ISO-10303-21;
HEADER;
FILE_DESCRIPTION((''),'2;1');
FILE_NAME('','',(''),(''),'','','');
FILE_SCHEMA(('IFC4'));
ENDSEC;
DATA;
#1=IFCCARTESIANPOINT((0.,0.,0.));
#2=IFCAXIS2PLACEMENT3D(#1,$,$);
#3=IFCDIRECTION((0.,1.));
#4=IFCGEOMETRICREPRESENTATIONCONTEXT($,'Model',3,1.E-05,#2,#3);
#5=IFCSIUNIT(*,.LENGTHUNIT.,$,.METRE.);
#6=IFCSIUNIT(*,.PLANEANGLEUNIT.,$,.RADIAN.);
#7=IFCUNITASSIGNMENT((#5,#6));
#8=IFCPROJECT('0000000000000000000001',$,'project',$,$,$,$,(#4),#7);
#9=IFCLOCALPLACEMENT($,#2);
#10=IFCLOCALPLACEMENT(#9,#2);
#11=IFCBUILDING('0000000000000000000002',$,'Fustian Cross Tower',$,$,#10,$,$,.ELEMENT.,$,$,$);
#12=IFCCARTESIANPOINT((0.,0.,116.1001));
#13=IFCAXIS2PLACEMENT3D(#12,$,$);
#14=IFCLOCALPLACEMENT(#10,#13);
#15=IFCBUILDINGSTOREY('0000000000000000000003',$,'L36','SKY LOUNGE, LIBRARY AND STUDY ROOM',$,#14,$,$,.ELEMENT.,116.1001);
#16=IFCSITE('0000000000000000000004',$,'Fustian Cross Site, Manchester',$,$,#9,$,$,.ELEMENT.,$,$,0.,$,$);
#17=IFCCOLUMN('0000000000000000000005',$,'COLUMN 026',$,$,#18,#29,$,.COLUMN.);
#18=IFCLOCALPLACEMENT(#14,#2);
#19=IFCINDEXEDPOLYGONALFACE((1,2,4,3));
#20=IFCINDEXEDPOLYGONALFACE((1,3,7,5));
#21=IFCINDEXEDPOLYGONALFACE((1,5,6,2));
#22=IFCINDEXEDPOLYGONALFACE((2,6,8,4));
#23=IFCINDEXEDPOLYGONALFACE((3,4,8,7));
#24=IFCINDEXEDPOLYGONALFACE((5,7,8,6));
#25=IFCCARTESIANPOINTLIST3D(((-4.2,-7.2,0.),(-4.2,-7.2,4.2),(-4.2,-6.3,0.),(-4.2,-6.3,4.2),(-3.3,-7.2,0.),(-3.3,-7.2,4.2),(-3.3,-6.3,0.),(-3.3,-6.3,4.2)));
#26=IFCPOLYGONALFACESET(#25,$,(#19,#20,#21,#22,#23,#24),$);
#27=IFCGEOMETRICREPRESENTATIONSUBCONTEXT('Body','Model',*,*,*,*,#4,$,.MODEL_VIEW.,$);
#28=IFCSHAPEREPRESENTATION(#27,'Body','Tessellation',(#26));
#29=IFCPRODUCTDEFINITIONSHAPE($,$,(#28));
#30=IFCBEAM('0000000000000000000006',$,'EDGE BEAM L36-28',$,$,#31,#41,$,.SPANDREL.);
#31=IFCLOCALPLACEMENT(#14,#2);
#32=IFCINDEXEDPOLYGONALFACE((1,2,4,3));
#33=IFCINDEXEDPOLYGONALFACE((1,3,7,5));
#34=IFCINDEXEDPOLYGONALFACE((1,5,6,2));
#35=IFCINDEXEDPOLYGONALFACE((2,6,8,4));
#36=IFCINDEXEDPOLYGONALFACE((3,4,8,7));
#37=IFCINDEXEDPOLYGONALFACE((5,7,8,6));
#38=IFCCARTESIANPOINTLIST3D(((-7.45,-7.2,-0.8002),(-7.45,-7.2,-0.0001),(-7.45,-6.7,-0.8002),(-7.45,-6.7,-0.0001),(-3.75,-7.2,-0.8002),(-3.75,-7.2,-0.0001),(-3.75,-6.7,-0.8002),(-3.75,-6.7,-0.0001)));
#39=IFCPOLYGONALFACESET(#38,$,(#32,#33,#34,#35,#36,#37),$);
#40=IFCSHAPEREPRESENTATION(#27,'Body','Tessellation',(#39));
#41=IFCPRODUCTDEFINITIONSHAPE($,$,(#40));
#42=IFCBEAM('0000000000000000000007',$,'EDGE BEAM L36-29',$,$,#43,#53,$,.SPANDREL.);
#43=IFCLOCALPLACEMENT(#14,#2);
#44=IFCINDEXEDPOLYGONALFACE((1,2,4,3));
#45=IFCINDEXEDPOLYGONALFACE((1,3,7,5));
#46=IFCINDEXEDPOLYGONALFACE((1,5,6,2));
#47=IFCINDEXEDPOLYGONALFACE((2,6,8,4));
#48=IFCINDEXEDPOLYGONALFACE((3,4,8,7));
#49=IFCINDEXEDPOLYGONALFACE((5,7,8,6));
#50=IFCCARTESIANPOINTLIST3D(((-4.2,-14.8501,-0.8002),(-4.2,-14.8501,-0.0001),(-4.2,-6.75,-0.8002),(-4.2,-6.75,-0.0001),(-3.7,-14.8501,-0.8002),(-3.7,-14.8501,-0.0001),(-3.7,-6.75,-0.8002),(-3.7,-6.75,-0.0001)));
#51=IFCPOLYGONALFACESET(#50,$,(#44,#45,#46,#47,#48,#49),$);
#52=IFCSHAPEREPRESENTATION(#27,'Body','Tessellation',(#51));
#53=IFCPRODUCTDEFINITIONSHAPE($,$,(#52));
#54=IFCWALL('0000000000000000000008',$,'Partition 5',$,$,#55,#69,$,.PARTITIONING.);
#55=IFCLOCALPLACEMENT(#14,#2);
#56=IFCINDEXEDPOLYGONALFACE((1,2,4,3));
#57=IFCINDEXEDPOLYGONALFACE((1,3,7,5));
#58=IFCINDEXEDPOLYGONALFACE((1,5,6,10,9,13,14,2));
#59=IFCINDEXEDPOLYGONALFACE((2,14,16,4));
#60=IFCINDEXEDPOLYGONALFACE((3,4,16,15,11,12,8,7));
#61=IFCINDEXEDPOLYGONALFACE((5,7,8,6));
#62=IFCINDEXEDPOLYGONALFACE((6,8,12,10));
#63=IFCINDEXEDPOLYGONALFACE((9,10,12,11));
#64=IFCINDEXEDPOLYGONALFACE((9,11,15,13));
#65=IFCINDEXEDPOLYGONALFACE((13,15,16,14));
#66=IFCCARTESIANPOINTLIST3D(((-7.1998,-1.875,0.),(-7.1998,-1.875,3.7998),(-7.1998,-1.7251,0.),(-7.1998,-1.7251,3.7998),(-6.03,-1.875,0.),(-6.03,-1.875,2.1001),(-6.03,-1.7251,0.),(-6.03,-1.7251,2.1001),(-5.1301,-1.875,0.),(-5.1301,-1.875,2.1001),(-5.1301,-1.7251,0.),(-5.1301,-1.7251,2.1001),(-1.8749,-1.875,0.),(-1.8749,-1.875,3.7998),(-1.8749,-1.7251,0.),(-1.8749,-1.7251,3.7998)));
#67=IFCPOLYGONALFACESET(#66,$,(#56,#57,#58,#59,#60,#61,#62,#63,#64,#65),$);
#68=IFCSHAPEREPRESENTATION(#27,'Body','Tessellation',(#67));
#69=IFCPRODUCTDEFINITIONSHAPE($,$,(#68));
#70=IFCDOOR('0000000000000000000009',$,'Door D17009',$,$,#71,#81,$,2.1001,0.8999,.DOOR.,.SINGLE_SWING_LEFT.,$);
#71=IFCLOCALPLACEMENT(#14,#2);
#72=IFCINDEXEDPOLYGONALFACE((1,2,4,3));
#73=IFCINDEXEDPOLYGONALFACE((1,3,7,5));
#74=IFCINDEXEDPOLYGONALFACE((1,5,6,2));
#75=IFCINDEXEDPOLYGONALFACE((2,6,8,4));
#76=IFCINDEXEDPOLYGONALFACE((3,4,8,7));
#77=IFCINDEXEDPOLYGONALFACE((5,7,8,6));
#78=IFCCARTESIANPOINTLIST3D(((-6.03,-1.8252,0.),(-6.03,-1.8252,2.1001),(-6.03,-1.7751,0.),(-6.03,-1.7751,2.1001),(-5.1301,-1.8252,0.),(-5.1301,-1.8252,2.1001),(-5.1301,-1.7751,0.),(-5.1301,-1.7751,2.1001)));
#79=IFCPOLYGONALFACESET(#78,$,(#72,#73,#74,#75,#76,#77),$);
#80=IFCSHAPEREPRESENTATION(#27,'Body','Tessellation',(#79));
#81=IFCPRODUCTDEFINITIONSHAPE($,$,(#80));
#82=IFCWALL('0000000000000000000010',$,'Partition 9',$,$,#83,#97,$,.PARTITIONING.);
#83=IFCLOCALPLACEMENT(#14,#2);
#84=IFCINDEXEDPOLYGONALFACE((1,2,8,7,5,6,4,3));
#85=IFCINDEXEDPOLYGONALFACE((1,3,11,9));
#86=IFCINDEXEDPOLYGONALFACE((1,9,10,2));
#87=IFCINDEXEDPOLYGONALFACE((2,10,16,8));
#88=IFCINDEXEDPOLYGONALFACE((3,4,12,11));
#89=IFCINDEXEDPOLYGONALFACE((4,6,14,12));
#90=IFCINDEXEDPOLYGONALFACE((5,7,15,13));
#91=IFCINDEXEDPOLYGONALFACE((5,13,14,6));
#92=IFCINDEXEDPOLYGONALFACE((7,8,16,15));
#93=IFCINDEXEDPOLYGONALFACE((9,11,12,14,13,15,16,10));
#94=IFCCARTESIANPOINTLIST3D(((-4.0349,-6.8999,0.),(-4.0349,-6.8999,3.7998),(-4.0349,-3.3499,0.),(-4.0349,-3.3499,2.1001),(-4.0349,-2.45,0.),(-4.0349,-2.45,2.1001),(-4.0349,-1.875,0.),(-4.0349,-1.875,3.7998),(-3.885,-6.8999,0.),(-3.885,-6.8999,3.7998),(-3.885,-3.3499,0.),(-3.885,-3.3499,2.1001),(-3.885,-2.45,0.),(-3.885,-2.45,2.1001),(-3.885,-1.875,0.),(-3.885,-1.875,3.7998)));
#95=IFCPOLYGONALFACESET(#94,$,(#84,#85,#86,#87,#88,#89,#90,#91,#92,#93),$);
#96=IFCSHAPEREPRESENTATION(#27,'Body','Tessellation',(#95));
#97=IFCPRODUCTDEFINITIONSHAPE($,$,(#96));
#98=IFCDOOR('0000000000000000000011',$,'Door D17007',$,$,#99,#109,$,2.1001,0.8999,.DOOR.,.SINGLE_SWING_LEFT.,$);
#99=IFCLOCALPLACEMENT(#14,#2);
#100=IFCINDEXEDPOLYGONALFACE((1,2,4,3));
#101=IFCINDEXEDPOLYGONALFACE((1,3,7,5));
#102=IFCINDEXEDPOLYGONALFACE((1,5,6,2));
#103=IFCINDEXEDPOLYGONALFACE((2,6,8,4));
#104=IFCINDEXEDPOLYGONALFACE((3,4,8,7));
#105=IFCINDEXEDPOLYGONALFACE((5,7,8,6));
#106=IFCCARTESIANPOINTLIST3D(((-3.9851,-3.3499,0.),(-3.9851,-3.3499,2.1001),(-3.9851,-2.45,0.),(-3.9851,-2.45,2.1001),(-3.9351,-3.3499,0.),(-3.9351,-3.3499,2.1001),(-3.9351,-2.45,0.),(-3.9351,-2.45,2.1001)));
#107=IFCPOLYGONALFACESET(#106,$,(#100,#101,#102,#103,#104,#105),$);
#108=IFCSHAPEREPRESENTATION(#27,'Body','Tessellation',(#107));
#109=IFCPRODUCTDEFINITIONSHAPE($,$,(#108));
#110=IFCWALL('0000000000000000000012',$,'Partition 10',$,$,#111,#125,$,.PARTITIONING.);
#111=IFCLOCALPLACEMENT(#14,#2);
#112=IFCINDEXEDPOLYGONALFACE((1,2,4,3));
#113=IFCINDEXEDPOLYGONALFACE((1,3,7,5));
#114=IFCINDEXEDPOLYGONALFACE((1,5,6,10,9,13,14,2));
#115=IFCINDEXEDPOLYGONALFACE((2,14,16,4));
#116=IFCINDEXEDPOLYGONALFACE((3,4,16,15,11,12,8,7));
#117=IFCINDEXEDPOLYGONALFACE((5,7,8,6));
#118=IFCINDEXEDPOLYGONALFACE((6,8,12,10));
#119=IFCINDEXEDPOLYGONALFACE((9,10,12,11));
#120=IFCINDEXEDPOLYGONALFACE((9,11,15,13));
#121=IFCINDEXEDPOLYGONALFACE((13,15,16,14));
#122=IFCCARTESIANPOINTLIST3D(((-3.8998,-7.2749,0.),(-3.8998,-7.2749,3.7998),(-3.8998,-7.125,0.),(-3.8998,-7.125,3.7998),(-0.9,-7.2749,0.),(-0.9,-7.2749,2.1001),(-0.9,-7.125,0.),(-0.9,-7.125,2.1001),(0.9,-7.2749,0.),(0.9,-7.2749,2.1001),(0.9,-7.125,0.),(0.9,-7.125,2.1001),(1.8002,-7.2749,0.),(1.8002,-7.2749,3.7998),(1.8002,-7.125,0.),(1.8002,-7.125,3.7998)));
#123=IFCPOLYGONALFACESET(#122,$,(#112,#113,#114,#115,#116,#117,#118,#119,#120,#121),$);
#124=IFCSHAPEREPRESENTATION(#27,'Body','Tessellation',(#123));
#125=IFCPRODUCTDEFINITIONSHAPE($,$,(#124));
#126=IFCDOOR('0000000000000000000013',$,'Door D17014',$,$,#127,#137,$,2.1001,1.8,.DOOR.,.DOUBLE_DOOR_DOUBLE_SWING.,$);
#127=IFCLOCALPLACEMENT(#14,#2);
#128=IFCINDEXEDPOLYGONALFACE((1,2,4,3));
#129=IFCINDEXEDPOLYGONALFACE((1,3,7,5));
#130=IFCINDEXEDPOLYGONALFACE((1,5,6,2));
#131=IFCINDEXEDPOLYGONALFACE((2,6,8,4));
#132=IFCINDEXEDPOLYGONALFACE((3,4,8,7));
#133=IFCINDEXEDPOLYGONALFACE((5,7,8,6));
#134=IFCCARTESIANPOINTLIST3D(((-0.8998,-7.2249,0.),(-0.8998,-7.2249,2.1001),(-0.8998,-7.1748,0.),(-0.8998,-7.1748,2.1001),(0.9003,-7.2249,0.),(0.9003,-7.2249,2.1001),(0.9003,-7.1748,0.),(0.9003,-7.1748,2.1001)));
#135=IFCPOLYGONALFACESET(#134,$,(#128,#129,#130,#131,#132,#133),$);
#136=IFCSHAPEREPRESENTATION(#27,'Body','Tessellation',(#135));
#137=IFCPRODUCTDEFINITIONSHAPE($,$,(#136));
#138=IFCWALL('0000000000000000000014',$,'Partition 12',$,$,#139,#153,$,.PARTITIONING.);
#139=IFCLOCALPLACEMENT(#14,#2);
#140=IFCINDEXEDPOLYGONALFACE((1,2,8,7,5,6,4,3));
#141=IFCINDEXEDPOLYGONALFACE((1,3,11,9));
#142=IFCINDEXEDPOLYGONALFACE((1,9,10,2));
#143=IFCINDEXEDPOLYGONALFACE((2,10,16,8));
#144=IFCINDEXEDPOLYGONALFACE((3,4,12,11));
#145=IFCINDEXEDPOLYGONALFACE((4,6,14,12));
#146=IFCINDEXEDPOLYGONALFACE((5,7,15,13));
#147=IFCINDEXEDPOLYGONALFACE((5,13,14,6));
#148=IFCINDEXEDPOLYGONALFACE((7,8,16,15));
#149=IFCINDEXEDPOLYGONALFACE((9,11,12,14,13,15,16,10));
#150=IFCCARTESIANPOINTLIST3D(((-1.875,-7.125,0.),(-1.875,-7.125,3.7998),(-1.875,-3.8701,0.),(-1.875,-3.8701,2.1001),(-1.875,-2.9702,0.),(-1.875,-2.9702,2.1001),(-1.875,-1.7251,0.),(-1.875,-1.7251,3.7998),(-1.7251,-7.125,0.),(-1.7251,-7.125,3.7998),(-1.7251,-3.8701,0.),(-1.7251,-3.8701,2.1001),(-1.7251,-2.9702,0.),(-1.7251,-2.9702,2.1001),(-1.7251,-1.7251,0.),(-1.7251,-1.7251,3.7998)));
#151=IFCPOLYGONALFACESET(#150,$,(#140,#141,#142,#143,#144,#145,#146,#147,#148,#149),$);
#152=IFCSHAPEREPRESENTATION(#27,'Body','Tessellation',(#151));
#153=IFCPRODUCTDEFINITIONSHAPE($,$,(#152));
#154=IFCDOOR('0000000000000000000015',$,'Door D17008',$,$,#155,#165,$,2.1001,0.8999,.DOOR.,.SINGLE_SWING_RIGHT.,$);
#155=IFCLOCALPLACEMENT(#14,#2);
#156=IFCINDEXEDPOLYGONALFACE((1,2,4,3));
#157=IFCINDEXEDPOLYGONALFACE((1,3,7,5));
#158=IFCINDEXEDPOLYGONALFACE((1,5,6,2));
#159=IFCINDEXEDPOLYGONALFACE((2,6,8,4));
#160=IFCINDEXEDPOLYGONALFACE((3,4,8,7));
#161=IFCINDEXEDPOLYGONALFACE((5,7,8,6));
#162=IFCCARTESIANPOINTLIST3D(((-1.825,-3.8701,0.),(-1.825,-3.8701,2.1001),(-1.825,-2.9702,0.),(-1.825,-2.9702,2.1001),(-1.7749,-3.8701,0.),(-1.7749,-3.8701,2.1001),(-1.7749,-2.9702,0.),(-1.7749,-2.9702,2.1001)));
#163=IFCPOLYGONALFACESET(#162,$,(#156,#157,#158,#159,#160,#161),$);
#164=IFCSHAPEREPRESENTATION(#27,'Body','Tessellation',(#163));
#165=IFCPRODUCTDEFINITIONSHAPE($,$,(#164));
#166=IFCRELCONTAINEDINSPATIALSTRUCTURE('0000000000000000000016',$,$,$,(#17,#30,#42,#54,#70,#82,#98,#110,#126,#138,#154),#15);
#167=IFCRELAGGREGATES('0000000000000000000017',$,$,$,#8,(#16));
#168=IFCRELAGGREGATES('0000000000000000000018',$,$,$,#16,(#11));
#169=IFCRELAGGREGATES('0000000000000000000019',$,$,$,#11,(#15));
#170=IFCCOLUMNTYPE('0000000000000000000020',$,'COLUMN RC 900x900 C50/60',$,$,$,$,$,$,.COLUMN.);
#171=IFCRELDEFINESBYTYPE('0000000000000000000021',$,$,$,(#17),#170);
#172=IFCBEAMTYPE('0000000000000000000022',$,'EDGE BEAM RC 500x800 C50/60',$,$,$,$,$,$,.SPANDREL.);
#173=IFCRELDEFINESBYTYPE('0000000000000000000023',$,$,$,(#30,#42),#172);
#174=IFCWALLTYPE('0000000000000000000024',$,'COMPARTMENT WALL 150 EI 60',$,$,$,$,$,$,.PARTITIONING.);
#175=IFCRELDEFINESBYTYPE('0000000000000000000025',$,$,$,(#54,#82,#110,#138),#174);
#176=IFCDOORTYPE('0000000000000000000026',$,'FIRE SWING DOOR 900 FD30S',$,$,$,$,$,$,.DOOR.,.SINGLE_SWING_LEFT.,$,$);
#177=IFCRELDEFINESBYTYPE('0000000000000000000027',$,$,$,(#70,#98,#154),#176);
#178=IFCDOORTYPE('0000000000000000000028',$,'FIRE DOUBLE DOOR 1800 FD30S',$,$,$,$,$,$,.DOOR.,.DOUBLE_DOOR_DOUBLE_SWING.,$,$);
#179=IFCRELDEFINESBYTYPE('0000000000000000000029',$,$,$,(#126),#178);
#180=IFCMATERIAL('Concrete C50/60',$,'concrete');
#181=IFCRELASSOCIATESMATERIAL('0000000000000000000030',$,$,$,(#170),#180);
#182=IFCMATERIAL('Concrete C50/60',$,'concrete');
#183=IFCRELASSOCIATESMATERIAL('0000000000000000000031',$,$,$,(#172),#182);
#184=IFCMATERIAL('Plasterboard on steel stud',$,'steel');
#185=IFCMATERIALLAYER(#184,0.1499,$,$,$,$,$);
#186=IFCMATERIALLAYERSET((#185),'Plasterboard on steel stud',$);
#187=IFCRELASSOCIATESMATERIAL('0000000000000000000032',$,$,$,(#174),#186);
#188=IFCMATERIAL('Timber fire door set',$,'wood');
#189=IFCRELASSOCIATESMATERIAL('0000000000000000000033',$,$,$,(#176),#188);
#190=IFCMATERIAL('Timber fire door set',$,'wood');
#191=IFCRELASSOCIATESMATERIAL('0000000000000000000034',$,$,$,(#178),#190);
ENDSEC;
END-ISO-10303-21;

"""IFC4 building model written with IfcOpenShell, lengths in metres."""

from ifc_helpers import new_model, si_unit, direction, frame, frame_2d, origin, origin_2d, place, context, subcontext, project, spatial, rectangle, extrude, material, layer, layer_set, material_profile, profile_set, type_object, element, fill, save


model = new_model("IFC4")

# Units and contexts
model_context = context("Model", 3, precision=1e-05, world=origin(), true_north=direction((0.0, 1.0)))
body_context = subcontext(model_context, "Body", "Model", "MODEL_VIEW")
ifc_project = project(units=[si_unit("LENGTHUNIT", "METRE"), si_unit("PLANEANGLEUNIT", "RADIAN")], contexts=[model_context])

# Site, building, storey
site_placement = place(None, origin())
site = spatial("IfcSite", under=ifc_project, at=site_placement, Name="Fustian Cross Site, Manchester", CompositionType="ELEMENT", RefElevation=0.0)
building_placement = place(site_placement, origin())
building = spatial("IfcBuilding", under=site, at=building_placement, Name="Fustian Cross Tower", CompositionType="ELEMENT")
storey_placement = place(building_placement, frame((0.0, 0.0, 116.1001)))
storey = spatial("IfcBuildingStorey", under=building, at=storey_placement, Name="L36", Description="SKY LOUNGE, LIBRARY AND STUDY ROOM", CompositionType="ELEMENT", Elevation=116.1001)

# Column
ifc_material_1 = material(Name="Concrete C50/60", Category="concrete")
ifc_material_profile_1 = material_profile(ifc_material_1, rectangle(XDim=0.8999, YDim=0.8999, at=origin_2d()), Name="RC 900x900")
ifc_profile_set_1 = profile_set([ifc_material_profile_1], Name="Concrete C50/60")
column_type = type_object("IfcColumnType", Name="COLUMN RC 900x900 C50/60", PredefinedType="COLUMN", material=ifc_profile_set_1)
column_placement = place(storey_placement, frame((-3.75, -6.75, 0.0), z_axis=(0.0, 0.0, 1.0), x_axis=(1.0, 0.0, 0.0)))
element("IfcColumn", 1, at=column_placement, inside=storey, type_object=column_type, Name="COLUMN 026", PredefinedType="COLUMN", context=body_context, shape_type="SweptSolid", body=[
    extrude(rectangle(XDim=0.8999, YDim=0.8999, at=origin_2d()), origin(), (0.0, 0.0, 1.0), 4.2),
])

# Beams
ifc_material_2 = material(Name="Concrete C50/60", Category="concrete")
ifc_material_profile_2 = material_profile(ifc_material_2, rectangle(XDim=0.5, YDim=0.8, at=origin_2d()), Name="RC 500x800")
ifc_profile_set_2 = profile_set([ifc_material_profile_2], Name="Concrete C50/60")
beam_type = type_object("IfcBeamType", Name="EDGE BEAM RC 500x800 C50/60", PredefinedType="SPANDREL", material=ifc_profile_set_2)
beam_1_placement = place(storey_placement, frame((-7.45, -6.95, -0.4001), z_axis=(1.0, 0.0, 0.0), x_axis=(0.0, 1.0, 0.0)))
element("IfcBeam", 2, at=beam_1_placement, inside=storey, type_object=beam_type, Name="EDGE BEAM L36-28", PredefinedType="SPANDREL", context=body_context, shape_type="SweptSolid", body=[
    extrude(rectangle(XDim=0.5, YDim=0.8, at=origin_2d()), origin(), (0.0, 0.0, 1.0), 3.7),
])
beam_2_placement = place(storey_placement, frame((-3.95, -6.75, -0.4001), z_axis=(0.0, -1.0, 0.0), x_axis=(1.0, 0.0, 0.0)))
element("IfcBeam", 3, at=beam_2_placement, inside=storey, type_object=beam_type, Name="EDGE BEAM L36-29", PredefinedType="SPANDREL", context=body_context, shape_type="SweptSolid", body=[
    extrude(rectangle(XDim=0.5, YDim=0.8, at=origin_2d()), origin(), (0.0, 0.0, 1.0), 8.1001),
])

# Walls, openings, doors
ifc_material_3 = material(Name="Plasterboard on steel stud", Category="steel")
ifc_layer_1 = layer(ifc_material_3, 0.1499)
ifc_layer_set_1 = layer_set([ifc_layer_1], Name="Plasterboard on steel stud")
wall_type_1 = type_object("IfcWallType", Name="COMPARTMENT WALL 150 EI 60", PredefinedType="PARTITIONING", material=ifc_layer_set_1)
wall_1_placement = place(storey_placement, frame((-7.2, -1.8, 0.0), z_axis=(0.0, 0.0, 1.0), x_axis=(1.0, 0.0, 0.0)))
wall_1 = element("IfcWall", 4, at=wall_1_placement, inside=storey, type_object=wall_type_1, Name="Partition 5", PredefinedType="PARTITIONING", context=body_context, shape_type="SweptSolid", body=[
    extrude(rectangle(XDim=5.325, YDim=0.1499, at=frame_2d((2.6626, 0.0))), origin(), (0.0, 0.0, 1.0), 3.7998),
])
opening_1_placement = place(wall_1_placement, frame((1.1699, 0.0, 0.0)))
opening_1 = element("IfcOpeningElement", 5, at=opening_1_placement, cuts=wall_1, PredefinedType="OPENING", context=body_context, shape_type="SweptSolid", body=[
    extrude(rectangle(XDim=0.8999, YDim=2.1001, at=frame_2d((0.45, 1.05))), frame((0.0, 0.085, 0.0), z_axis=(0.0, -1.0, 0.0), x_axis=(1.0, 0.0, 0.0)), (0.0, 0.0, 1.0), 0.1699),
])
ifc_material_4 = material(Name="Timber fire door set", Category="wood")
door_type_1 = type_object("IfcDoorType", Name="FIRE SWING DOOR 900 FD30S", OperationType="SINGLE_SWING_LEFT", PredefinedType="DOOR", material=ifc_material_4)
door_1_placement = place(opening_1_placement, origin())
door_1 = element("IfcDoor", 6, at=door_1_placement, inside=storey, type_object=door_type_1, Name="Door D17009", OperationType="SINGLE_SWING_LEFT", OverallHeight=2.1001, OverallWidth=0.8999, PredefinedType="DOOR", context=body_context, shape_type="SweptSolid", body=[
    extrude(rectangle(XDim=0.8999, YDim=2.1001, at=frame_2d((0.45, 1.05))), frame((0.0, 0.0249, 0.0), z_axis=(0.0, -1.0, 0.0), x_axis=(1.0, 0.0, 0.0)), (0.0, 0.0, 1.0), 0.05),
])
fill(opening_1, door_1)
wall_2_placement = place(storey_placement, frame((-3.96, -6.8999, 0.0), z_axis=(0.0, 0.0, 1.0), x_axis=(0.0, 1.0, 0.0)))
wall_2 = element("IfcWall", 7, at=wall_2_placement, inside=storey, type_object=wall_type_1, Name="Partition 9", PredefinedType="PARTITIONING", context=body_context, shape_type="SweptSolid", body=[
    extrude(rectangle(XDim=5.0249, YDim=0.1499, at=frame_2d((2.5125, 0.0))), origin(), (0.0, 0.0, 1.0), 3.7998),
])
opening_2_placement = place(wall_2_placement, frame((3.55, 0.0, 0.0)))
opening_2 = element("IfcOpeningElement", 8, at=opening_2_placement, cuts=wall_2, PredefinedType="OPENING", context=body_context, shape_type="SweptSolid", body=[
    extrude(rectangle(XDim=0.8999, YDim=2.1001, at=frame_2d((0.45, 1.05))), frame((0.0, 0.085, 0.0), z_axis=(0.0, -1.0, 0.0), x_axis=(1.0, 0.0, 0.0)), (0.0, 0.0, 1.0), 0.1699),
])
door_2_placement = place(opening_2_placement, frame((0.8999, 0.0, 0.0), z_axis=(0.0, 0.0, 1.0), x_axis=(-1.0, 0.0, 0.0)))
door_2 = element("IfcDoor", 9, at=door_2_placement, inside=storey, type_object=door_type_1, Name="Door D17007", OperationType="SINGLE_SWING_LEFT", OverallHeight=2.1001, OverallWidth=0.8999, PredefinedType="DOOR", context=body_context, shape_type="SweptSolid", body=[
    extrude(rectangle(XDim=0.8999, YDim=2.1001, at=frame_2d((0.45, 1.05))), frame((0.0, 0.0249, 0.0), z_axis=(0.0, -1.0, 0.0), x_axis=(1.0, 0.0, 0.0)), (0.0, 0.0, 1.0), 0.05),
])
fill(opening_2, door_2)
wall_3_placement = place(storey_placement, frame((-3.8999, -7.2, 0.0), z_axis=(0.0, 0.0, 1.0), x_axis=(1.0, 0.0, 0.0)))
wall_3 = element("IfcWall", 10, at=wall_3_placement, inside=storey, type_object=wall_type_1, Name="Partition 10", PredefinedType="PARTITIONING", context=body_context, shape_type="SweptSolid", body=[
    extrude(rectangle(XDim=5.7, YDim=0.1499, at=frame_2d((2.8501, 0.0))), origin(), (0.0, 0.0, 1.0), 3.7998),
])
opening_3_placement = place(wall_3_placement, frame((3.0, 0.0, 0.0)))
opening_3 = element("IfcOpeningElement", 11, at=opening_3_placement, cuts=wall_3, PredefinedType="OPENING", context=body_context, shape_type="SweptSolid", body=[
    extrude(rectangle(XDim=1.8, YDim=2.1001, at=frame_2d((0.8999, 1.05))), frame((0.0, 0.085, 0.0), z_axis=(0.0, -1.0, 0.0), x_axis=(1.0, 0.0, 0.0)), (0.0, 0.0, 1.0), 0.1699),
])
ifc_material_5 = material(Name="Timber fire door set", Category="wood")
door_type_2 = type_object("IfcDoorType", Name="FIRE DOUBLE DOOR 1800 FD30S", OperationType="DOUBLE_DOOR_DOUBLE_SWING", PredefinedType="DOOR", material=ifc_material_5)
door_3_placement = place(opening_3_placement, frame((1.8, 0.0, 0.0), z_axis=(0.0, 0.0, 1.0), x_axis=(-1.0, 0.0, 0.0)))
door_3 = element("IfcDoor", 12, at=door_3_placement, inside=storey, type_object=door_type_2, Name="Door D17014", OperationType="DOUBLE_DOOR_DOUBLE_SWING", OverallHeight=2.1001, OverallWidth=1.8, PredefinedType="DOOR", context=body_context, shape_type="SweptSolid", body=[
    extrude(rectangle(XDim=1.8, YDim=2.1001, at=frame_2d((0.8999, 1.05))), frame((0.0, 0.0249, 0.0), z_axis=(0.0, -1.0, 0.0), x_axis=(1.0, 0.0, 0.0)), (0.0, 0.0, 1.0), 0.05),
])
fill(opening_3, door_3)
wall_4_placement = place(storey_placement, frame((-1.8, -7.125, 0.0), z_axis=(0.0, 0.0, 1.0), x_axis=(0.0, 1.0, 0.0)))
wall_4 = element("IfcWall", 13, at=wall_4_placement, inside=storey, type_object=wall_type_1, Name="Partition 12", PredefinedType="PARTITIONING", context=body_context, shape_type="SweptSolid", body=[
    extrude(rectangle(XDim=5.3999, YDim=0.1499, at=frame_2d((2.7, 0.0))), origin(), (0.0, 0.0, 1.0), 3.7998),
])
opening_4_placement = place(wall_4_placement, frame((3.2549, 0.0, 0.0)))
opening_4 = element("IfcOpeningElement", 14, at=opening_4_placement, cuts=wall_4, PredefinedType="OPENING", context=body_context, shape_type="SweptSolid", body=[
    extrude(rectangle(XDim=0.8999, YDim=2.1001, at=frame_2d((0.45, 1.05))), frame((0.0, 0.085, 0.0), z_axis=(0.0, -1.0, 0.0), x_axis=(1.0, 0.0, 0.0)), (0.0, 0.0, 1.0), 0.1699),
])
door_4_placement = place(opening_4_placement, origin())
door_4 = element("IfcDoor", 15, at=door_4_placement, inside=storey, type_object=door_type_1, Name="Door D17008", OperationType="SINGLE_SWING_RIGHT", OverallHeight=2.1001, OverallWidth=0.8999, PredefinedType="DOOR", context=body_context, shape_type="SweptSolid", body=[
    extrude(rectangle(XDim=0.8999, YDim=2.1001, at=frame_2d((0.45, 1.05))), frame((0.0, 0.0249, 0.0), z_axis=(0.0, -1.0, 0.0), x_axis=(1.0, 0.0, 0.0)), (0.0, 0.0, 1.0), 0.05),
])
fill(opening_4, door_4)

save(model, "model.ifc")
